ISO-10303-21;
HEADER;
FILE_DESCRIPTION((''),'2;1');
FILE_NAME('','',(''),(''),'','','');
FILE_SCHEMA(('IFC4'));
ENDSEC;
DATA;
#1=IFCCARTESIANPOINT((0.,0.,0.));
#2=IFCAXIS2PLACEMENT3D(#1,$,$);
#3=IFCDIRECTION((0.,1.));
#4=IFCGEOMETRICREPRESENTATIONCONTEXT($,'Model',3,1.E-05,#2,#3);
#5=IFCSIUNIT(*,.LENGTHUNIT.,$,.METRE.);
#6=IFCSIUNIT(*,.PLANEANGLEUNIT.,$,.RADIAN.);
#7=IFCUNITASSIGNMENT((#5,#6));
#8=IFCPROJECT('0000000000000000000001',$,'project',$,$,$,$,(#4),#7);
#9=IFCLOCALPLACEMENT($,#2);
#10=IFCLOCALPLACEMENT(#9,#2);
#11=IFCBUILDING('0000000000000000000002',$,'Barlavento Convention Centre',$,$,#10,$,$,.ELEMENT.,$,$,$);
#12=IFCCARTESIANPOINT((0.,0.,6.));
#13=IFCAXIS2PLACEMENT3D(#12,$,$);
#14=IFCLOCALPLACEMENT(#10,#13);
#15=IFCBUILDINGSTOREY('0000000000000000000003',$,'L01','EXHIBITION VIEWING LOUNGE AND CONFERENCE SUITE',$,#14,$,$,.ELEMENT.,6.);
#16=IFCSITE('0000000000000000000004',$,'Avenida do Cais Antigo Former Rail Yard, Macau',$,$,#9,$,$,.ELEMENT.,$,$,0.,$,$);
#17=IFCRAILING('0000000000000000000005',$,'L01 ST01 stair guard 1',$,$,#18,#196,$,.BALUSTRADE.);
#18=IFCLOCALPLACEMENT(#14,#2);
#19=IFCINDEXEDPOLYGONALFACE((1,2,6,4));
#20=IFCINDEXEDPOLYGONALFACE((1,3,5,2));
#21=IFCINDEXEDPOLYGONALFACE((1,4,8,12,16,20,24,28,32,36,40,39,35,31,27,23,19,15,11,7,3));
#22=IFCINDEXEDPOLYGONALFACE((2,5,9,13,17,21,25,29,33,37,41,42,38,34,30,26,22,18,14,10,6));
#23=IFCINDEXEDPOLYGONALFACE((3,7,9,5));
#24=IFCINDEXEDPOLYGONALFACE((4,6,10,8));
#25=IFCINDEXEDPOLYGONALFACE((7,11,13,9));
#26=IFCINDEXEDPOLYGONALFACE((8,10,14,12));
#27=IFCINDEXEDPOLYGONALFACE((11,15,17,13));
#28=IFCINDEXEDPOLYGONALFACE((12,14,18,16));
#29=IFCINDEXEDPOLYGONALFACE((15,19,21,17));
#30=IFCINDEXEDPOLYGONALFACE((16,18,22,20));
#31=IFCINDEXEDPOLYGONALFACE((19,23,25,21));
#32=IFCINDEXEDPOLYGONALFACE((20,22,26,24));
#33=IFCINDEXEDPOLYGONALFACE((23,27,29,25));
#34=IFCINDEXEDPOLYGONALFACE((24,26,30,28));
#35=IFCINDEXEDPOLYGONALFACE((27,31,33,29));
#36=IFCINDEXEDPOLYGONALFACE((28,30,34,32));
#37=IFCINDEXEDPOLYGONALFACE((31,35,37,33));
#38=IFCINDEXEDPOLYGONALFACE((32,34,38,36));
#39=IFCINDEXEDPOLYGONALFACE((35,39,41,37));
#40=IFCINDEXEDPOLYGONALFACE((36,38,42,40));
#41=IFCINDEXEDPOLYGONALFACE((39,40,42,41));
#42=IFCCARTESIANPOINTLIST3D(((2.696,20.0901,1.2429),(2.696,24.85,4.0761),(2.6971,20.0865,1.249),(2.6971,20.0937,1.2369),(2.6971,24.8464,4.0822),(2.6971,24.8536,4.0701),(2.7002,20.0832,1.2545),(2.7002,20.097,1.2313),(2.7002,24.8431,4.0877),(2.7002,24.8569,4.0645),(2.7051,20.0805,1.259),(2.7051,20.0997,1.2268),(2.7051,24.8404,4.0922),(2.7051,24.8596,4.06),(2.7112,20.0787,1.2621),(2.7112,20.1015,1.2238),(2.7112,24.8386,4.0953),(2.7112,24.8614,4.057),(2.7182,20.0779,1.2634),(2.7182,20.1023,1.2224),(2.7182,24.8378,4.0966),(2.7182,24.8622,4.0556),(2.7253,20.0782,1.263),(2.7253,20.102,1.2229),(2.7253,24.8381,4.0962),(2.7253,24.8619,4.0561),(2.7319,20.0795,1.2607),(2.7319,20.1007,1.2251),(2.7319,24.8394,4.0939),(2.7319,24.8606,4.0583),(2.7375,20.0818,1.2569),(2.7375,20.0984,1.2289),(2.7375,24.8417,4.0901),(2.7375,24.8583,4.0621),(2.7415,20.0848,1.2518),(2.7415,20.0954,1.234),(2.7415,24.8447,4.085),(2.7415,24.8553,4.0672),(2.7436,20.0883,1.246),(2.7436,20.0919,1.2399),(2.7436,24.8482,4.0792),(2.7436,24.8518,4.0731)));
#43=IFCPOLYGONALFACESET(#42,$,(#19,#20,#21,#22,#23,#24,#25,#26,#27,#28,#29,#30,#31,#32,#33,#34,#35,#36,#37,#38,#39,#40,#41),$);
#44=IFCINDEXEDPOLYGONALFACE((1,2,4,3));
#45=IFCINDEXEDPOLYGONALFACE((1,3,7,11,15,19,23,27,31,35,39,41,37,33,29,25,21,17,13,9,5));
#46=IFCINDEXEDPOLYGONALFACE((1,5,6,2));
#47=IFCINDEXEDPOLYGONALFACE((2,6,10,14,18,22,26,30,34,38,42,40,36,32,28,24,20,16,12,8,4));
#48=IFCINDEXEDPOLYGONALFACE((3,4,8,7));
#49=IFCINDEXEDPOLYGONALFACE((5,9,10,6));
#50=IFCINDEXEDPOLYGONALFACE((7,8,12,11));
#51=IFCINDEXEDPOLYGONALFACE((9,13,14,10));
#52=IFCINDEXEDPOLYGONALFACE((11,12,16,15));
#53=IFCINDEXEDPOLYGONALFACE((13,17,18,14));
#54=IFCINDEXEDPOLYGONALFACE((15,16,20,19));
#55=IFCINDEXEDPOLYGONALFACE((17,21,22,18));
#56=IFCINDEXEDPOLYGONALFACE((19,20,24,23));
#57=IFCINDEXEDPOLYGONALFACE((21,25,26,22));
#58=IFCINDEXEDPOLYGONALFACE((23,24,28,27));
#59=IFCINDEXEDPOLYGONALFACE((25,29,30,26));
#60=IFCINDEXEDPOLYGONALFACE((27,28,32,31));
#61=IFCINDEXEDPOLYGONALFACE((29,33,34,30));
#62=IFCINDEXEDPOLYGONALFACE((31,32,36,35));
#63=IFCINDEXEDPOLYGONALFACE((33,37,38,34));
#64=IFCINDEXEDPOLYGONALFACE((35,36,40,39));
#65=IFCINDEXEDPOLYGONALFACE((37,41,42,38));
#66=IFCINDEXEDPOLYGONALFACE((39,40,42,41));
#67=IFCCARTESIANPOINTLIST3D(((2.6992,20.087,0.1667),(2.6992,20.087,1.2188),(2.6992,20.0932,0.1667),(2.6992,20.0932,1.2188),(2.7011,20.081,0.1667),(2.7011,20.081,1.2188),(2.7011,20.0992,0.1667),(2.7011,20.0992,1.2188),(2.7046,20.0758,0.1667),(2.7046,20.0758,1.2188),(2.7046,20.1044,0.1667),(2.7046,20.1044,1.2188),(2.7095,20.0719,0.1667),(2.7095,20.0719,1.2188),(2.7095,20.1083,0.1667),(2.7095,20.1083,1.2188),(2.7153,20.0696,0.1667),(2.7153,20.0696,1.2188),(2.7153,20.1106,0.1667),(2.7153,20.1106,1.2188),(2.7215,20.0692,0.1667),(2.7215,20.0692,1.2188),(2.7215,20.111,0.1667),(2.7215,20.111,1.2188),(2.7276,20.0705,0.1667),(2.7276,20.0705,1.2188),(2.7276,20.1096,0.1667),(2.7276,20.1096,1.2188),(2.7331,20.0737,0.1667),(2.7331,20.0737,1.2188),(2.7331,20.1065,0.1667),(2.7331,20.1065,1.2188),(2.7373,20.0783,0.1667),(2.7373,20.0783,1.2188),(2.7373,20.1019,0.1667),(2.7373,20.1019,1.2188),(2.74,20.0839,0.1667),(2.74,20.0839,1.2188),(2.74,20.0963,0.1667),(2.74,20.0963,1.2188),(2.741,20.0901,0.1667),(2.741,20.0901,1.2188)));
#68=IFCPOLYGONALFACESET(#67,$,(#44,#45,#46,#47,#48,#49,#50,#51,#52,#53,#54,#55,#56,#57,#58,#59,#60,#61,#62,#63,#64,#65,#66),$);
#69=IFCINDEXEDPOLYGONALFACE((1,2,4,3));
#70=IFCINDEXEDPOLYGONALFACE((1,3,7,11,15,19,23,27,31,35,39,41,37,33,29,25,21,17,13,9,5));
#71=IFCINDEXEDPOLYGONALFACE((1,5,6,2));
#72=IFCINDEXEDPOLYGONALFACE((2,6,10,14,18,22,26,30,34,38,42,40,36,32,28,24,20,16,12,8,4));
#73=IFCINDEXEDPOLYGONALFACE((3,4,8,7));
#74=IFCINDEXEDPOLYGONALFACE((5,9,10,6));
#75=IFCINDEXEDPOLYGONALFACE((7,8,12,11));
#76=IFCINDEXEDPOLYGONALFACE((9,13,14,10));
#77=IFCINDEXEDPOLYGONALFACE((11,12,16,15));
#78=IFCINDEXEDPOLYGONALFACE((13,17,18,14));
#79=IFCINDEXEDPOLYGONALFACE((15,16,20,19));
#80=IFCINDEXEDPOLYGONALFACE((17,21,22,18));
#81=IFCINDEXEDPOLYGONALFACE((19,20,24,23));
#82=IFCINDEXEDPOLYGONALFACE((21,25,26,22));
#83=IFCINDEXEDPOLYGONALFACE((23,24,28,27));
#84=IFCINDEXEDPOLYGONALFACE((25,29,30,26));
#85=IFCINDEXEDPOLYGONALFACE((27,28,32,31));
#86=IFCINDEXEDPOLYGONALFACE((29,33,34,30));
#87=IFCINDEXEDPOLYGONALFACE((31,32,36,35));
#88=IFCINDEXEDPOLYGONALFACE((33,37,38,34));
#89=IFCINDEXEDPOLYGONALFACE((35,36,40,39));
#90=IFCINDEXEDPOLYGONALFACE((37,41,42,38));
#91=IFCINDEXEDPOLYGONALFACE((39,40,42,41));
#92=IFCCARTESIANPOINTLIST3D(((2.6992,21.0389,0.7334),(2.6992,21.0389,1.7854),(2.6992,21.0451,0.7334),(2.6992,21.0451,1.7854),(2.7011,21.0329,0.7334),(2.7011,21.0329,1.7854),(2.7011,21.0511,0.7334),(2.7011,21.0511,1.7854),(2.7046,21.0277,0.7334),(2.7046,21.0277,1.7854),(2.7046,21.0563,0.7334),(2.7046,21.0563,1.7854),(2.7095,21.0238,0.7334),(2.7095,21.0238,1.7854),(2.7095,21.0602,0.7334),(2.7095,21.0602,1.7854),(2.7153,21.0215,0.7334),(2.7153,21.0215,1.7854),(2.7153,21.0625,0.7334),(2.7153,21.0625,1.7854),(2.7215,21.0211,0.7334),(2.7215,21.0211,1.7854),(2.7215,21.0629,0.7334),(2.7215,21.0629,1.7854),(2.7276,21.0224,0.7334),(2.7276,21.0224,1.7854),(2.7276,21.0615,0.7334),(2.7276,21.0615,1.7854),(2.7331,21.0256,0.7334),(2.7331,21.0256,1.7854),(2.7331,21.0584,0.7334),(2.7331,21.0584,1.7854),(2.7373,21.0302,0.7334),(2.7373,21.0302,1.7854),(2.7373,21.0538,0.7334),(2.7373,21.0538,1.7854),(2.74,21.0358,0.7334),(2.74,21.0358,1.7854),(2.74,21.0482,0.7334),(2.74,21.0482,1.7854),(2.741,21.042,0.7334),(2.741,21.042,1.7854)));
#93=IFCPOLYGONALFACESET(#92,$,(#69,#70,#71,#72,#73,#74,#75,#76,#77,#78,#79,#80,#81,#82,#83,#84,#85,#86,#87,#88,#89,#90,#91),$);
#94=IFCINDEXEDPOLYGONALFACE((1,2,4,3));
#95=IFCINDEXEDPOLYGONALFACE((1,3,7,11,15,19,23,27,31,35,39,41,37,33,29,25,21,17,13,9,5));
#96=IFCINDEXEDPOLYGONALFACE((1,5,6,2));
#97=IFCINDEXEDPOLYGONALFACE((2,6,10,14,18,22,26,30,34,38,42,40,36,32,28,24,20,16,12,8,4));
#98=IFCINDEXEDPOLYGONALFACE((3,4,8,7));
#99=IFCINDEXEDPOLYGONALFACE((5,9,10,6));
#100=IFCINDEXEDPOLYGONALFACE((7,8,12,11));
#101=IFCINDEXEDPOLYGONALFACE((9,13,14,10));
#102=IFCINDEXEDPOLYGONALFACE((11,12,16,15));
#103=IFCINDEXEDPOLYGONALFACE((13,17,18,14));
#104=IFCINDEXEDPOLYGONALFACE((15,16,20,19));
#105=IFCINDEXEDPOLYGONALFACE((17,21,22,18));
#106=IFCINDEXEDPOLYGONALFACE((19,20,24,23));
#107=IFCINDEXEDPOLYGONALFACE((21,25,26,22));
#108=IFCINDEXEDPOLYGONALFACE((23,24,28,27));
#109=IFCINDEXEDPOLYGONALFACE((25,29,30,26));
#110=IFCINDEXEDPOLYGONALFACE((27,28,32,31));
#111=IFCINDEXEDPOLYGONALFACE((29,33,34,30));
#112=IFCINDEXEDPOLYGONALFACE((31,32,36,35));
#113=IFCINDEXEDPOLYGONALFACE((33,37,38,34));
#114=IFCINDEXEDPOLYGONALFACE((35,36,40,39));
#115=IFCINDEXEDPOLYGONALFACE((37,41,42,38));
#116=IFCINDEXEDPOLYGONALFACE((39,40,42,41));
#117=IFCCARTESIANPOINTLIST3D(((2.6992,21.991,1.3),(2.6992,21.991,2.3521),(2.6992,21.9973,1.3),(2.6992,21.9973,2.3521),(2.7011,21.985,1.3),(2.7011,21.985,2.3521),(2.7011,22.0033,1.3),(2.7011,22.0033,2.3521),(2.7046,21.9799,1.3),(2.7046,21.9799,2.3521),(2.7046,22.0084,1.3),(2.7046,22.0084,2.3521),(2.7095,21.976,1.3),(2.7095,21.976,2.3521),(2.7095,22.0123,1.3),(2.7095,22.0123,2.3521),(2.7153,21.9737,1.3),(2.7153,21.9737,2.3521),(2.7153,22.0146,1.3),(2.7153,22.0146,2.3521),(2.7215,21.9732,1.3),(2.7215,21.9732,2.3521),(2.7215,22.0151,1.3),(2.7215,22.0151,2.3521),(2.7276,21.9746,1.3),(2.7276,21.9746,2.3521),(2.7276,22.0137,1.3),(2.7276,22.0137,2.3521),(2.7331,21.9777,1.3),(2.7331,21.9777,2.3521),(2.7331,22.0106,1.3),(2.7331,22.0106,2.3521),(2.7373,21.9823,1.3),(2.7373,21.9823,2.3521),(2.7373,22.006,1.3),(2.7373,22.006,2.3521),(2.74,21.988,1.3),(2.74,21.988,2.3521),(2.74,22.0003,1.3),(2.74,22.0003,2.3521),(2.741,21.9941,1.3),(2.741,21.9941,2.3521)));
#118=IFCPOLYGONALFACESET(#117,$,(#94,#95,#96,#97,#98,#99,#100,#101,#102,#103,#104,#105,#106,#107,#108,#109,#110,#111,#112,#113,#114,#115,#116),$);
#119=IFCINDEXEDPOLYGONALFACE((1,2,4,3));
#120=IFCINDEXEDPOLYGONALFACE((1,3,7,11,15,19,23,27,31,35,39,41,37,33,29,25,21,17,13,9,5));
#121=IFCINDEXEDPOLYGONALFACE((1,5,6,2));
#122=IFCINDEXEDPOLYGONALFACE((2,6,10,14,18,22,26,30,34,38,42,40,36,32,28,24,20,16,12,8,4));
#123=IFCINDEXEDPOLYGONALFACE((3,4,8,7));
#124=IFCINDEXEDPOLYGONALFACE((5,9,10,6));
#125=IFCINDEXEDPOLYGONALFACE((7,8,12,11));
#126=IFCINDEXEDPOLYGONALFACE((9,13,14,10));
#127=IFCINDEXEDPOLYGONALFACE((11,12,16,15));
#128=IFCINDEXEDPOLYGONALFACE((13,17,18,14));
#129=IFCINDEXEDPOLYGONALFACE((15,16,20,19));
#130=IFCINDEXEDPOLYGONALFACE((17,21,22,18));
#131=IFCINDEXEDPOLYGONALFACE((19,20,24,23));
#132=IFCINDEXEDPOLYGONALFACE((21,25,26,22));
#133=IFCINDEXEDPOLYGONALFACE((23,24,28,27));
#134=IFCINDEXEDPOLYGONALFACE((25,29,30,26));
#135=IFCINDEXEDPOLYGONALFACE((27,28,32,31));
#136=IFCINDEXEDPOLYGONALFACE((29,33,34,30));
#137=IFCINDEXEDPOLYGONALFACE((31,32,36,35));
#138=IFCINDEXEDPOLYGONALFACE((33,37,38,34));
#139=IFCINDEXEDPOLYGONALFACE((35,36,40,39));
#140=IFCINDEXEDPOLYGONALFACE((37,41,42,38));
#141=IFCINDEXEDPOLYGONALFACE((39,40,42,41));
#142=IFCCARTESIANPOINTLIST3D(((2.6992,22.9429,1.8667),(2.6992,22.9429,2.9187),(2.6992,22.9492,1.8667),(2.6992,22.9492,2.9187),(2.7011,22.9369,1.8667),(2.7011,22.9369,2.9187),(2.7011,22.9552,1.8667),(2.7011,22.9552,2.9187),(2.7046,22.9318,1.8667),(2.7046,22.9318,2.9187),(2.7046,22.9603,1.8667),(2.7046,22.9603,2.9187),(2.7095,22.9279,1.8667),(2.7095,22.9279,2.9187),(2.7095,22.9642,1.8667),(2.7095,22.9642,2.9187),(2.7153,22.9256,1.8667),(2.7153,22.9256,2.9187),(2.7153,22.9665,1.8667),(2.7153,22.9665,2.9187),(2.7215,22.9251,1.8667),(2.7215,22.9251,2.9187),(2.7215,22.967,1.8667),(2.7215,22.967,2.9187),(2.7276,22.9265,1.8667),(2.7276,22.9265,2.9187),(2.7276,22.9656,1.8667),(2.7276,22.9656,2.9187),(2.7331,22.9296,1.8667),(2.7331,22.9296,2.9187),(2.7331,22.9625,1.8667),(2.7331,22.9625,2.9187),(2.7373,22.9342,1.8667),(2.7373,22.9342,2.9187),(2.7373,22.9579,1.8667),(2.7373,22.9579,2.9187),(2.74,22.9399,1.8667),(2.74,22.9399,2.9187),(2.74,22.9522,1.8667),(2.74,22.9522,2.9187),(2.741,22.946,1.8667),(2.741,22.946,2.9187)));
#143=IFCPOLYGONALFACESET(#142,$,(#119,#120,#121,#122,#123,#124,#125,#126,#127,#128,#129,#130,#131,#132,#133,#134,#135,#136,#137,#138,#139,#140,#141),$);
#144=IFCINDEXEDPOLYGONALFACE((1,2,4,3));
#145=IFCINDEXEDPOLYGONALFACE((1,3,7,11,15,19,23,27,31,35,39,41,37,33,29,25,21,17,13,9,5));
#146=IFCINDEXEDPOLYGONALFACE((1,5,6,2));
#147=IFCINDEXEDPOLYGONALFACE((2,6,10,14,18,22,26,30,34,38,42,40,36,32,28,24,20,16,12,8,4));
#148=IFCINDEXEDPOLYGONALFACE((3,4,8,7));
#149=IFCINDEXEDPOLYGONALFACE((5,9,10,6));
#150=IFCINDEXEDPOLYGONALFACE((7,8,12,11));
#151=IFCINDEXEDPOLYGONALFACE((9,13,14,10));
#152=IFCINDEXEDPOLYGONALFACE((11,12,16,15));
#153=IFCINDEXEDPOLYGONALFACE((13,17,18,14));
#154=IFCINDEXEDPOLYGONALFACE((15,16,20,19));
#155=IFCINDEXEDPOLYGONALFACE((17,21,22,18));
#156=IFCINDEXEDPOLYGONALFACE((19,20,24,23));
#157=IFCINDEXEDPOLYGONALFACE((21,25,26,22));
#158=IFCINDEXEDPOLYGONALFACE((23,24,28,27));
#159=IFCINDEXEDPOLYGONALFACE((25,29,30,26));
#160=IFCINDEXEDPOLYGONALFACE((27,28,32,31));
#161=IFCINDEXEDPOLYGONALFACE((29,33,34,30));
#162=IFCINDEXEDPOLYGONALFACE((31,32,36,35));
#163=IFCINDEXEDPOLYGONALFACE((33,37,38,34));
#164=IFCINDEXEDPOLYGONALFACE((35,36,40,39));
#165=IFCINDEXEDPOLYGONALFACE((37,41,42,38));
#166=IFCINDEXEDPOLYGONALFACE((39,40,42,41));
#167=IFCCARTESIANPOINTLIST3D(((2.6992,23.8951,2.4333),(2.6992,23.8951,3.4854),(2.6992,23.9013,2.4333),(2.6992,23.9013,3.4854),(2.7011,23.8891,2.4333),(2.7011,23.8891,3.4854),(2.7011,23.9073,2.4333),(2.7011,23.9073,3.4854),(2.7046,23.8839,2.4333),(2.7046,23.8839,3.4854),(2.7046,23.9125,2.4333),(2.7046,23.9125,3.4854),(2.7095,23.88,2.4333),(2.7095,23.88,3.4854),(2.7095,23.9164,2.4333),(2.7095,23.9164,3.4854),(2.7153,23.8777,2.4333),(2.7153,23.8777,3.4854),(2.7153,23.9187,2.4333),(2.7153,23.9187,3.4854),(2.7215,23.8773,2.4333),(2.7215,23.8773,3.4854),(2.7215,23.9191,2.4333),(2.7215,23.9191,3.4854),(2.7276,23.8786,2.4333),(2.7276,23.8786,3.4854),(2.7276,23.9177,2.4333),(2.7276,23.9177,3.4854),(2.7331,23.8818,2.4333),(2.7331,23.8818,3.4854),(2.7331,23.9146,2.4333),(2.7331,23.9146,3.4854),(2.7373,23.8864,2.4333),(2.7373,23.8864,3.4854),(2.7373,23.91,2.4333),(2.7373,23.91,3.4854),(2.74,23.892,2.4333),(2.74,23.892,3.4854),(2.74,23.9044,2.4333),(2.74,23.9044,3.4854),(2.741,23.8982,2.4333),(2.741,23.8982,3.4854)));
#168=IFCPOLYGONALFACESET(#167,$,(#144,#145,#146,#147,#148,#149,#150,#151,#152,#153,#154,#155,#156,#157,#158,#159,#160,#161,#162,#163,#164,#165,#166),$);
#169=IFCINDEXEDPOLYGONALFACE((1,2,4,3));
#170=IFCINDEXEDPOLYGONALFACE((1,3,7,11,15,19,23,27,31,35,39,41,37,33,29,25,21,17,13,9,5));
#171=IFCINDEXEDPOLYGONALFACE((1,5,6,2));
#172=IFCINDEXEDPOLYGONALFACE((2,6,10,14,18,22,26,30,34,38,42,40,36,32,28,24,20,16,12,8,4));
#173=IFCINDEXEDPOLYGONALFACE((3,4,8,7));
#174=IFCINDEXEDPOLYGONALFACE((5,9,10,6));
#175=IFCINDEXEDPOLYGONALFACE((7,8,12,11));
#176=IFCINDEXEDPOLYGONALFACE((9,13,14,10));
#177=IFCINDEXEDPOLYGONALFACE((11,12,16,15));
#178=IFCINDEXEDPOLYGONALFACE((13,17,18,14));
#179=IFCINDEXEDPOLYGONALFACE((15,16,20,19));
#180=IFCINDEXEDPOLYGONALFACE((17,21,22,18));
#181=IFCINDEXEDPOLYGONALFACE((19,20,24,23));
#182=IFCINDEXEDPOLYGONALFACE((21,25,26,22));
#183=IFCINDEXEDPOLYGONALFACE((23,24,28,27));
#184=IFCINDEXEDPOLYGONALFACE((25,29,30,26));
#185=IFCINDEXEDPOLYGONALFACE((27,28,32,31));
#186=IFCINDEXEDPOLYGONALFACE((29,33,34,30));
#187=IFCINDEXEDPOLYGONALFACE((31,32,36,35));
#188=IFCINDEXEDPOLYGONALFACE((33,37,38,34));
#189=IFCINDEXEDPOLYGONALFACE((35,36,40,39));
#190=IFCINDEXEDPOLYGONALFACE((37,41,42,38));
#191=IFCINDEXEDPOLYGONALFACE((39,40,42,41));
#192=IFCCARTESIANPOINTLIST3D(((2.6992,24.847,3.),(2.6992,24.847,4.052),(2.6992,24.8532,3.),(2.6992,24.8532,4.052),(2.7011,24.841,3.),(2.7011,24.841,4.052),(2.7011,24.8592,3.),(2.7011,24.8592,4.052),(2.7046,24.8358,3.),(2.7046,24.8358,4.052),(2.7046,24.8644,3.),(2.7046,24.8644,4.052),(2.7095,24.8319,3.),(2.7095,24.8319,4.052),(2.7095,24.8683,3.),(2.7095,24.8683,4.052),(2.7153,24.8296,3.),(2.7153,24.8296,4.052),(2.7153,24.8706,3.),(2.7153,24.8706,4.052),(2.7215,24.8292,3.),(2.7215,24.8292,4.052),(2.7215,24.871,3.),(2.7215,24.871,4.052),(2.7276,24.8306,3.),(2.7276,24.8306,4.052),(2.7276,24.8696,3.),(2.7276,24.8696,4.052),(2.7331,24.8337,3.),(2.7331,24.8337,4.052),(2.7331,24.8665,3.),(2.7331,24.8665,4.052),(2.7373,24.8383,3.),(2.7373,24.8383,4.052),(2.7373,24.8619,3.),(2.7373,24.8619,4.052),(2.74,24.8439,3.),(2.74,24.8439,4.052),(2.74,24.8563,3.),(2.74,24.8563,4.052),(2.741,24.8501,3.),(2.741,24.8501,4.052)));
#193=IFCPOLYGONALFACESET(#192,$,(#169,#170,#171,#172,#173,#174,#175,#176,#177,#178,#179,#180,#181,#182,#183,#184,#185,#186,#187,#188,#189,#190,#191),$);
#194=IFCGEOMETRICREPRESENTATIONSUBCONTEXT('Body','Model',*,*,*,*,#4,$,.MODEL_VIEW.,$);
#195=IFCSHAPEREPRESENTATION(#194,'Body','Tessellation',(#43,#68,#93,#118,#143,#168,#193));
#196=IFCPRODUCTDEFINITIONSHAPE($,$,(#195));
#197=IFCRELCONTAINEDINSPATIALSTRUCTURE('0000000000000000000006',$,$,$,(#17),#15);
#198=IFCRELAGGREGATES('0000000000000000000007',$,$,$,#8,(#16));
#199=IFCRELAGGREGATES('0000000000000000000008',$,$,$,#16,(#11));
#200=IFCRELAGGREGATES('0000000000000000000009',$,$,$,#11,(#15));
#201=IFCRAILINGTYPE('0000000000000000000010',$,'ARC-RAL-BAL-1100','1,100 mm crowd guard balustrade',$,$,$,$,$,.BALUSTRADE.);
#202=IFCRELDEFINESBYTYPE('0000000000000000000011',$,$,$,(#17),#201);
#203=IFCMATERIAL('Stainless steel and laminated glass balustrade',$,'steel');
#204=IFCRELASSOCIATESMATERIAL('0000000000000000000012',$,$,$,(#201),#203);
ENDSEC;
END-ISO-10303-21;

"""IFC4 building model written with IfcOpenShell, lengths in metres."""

from ifc_helpers import new_model, si_unit, direction, frame, origin, origin_2d, place, context, subcontext, project, spatial, circle, extrude, material, type_object, element, save


model = new_model("IFC4")

# Units and contexts
model_context = context("Model", 3, precision=1e-05, world=origin(), true_north=direction((0.0, 1.0)))
body_context = subcontext(model_context, "Body", "Model", "MODEL_VIEW")
ifc_project = project(units=[si_unit("LENGTHUNIT", "METRE"), si_unit("PLANEANGLEUNIT", "RADIAN")], contexts=[model_context])

# Site, building, storey
site_placement = place(None, origin())
site = spatial("IfcSite", under=ifc_project, at=site_placement, Name="Avenida do Cais Antigo Former Rail Yard, Macau", CompositionType="ELEMENT", RefElevation=0.0)
building_placement = place(site_placement, origin())
building = spatial("IfcBuilding", under=site, at=building_placement, Name="Barlavento Convention Centre", CompositionType="ELEMENT")
storey_placement = place(building_placement, frame((0.0, 0.0, 6.0)))
storey = spatial("IfcBuildingStorey", under=building, at=storey_placement, Name="L01", Description="EXHIBITION VIEWING LOUNGE AND CONFERENCE SUITE", CompositionType="ELEMENT", Elevation=6.0)

# Railing
ifc_material_1 = material(Name="Stainless steel and laminated glass balustrade", Category="steel")
railing_type_1 = type_object("IfcRailingType", Name="ARC-RAL-BAL-1100", Description="1,100 mm crowd guard balustrade", PredefinedType="BALUSTRADE", material=ifc_material_1)
railing_1_placement = place(storey_placement, frame((2.72, 20.0901, 0.1667)))
element("IfcRailing", 1, at=railing_1_placement, inside=storey, type_object=railing_type_1, Name="L01 ST01 stair guard 1", PredefinedType="BALUSTRADE", context=body_context, shape_type="SweptSolid", body=[
    extrude(circle(Radius=0.0239, at=origin_2d()), frame((0.0, 0.0, 1.0762), z_axis=(0.0, 0.8593, 0.511472), x_axis=(-1.0, 0.0, 0.0)), (0.0, 0.0, 1.0), 5.5393),
    extrude(circle(Radius=0.021, at=origin_2d()), origin(), (0.0, 0.0, 1.0), 1.052),
    extrude(circle(Radius=0.021, at=origin_2d()), frame((0.0, 0.9519, 0.5667)), (0.0, 0.0, 1.0), 1.052),
    extrude(circle(Radius=0.021, at=origin_2d()), frame((0.0, 1.9041, 1.1333)), (0.0, 0.0, 1.0), 1.052),
    extrude(circle(Radius=0.021, at=origin_2d()), frame((0.0, 2.856, 1.7)), (0.0, 0.0, 1.0), 1.052),
    extrude(circle(Radius=0.021, at=origin_2d()), frame((0.0, 3.8081, 2.2666)), (0.0, 0.0, 1.0), 1.052),
    extrude(circle(Radius=0.021, at=origin_2d()), frame((0.0, 4.76, 2.8333)), (0.0, 0.0, 1.0), 1.052),
])

save(model, "model.ifc")
